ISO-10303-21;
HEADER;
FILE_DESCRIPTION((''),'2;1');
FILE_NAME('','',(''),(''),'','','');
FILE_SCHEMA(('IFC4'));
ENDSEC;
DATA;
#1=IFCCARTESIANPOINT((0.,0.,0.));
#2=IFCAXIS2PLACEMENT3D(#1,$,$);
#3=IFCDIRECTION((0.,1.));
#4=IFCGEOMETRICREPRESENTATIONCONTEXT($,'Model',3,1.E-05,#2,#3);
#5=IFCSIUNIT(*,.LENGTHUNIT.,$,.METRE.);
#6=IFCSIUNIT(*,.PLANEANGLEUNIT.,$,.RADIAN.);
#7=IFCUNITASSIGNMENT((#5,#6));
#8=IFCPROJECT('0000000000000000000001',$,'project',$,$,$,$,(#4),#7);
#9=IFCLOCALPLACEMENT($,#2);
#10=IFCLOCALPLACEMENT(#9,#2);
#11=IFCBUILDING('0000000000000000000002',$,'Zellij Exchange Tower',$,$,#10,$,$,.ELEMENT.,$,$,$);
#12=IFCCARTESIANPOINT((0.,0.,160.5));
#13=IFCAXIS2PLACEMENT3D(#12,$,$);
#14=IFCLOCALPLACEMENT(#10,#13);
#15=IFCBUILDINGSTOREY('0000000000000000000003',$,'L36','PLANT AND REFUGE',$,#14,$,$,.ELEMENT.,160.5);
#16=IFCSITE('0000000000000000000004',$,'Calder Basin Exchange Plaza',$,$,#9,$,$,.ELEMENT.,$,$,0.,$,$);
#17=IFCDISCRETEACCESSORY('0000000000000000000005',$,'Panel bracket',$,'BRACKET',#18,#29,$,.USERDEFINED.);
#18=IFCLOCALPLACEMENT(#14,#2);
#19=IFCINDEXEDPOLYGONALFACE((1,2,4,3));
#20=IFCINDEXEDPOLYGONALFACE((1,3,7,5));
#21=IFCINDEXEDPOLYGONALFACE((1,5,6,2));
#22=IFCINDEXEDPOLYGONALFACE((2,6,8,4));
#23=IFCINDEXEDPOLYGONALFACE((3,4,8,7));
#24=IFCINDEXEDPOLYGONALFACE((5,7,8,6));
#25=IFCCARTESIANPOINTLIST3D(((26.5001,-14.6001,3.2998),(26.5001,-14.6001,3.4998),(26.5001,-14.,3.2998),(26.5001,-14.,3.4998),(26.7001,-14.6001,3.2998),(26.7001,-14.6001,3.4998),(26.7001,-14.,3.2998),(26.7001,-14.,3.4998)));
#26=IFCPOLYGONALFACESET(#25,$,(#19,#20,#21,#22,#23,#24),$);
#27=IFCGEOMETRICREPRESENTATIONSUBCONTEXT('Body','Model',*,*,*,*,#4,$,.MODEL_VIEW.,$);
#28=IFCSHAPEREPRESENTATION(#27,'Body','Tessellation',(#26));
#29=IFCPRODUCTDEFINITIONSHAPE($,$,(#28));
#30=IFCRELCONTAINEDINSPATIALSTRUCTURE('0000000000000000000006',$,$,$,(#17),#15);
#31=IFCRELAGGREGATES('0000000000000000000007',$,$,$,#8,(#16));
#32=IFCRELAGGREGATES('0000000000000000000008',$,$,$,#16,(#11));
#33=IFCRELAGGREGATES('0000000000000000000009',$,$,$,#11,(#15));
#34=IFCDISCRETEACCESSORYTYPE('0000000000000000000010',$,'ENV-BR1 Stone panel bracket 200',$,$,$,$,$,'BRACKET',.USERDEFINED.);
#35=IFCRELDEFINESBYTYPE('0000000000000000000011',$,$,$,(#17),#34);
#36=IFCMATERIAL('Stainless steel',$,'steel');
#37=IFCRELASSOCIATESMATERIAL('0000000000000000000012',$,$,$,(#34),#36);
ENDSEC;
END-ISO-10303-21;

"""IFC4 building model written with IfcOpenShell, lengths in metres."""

from ifc_helpers import new_model, si_unit, direction, frame, origin, origin_2d, place, context, subcontext, project, spatial, rectangle, extrude, material, type_object, element, save


model = new_model("IFC4")

# Units and contexts
model_context = context("Model", 3, precision=1e-05, world=origin(), true_north=direction((0.0, 1.0)))
body_context = subcontext(model_context, "Body", "Model", "MODEL_VIEW")
ifc_project = project(units=[si_unit("LENGTHUNIT", "METRE"), si_unit("PLANEANGLEUNIT", "RADIAN")], contexts=[model_context])

# Site, building, storey
site_placement = place(None, origin())
site = spatial("IfcSite", under=ifc_project, at=site_placement, Name="Calder Basin Exchange Plaza", CompositionType="ELEMENT", RefElevation=0.0)
building_placement = place(site_placement, origin())
building = spatial("IfcBuilding", under=site, at=building_placement, Name="Zellij Exchange Tower", CompositionType="ELEMENT")
storey_placement = place(building_placement, frame((0.0, 0.0, 160.5)))
storey = spatial("IfcBuildingStorey", under=building, at=storey_placement, Name="L36", Description="PLANT AND REFUGE", CompositionType="ELEMENT", Elevation=160.5)

# Shared definitions
ifc_material_1 = material(Name="Stainless steel", Category="steel")

# Discrete accessory
discrete_accessory_type = type_object("IfcDiscreteAccessoryType", Name="ENV-BR1 Stone panel bracket 200", ElementType="BRACKET", PredefinedType="USERDEFINED", material=ifc_material_1)
for number, where, z_axis, x_axis, name in (
    (1, (26.6001, -14.3, 3.2998), (0.0, 0.0, 1.0), (1.0, 0.0, 0.0), "Panel bracket"),
):
    element("IfcDiscreteAccessory", number, at=place(storey_placement, frame(where, z_axis=z_axis, x_axis=x_axis)), inside=storey, type_object=discrete_accessory_type, Name=name, ObjectType="BRACKET", PredefinedType="USERDEFINED", context=body_context, shape_type="SweptSolid", body=[
        extrude(rectangle(XDim=0.2, YDim=0.6001, at=origin_2d()), origin(), (0.0, 0.0, 1.0), 0.2),
    ])

save(model, "model.ifc")
